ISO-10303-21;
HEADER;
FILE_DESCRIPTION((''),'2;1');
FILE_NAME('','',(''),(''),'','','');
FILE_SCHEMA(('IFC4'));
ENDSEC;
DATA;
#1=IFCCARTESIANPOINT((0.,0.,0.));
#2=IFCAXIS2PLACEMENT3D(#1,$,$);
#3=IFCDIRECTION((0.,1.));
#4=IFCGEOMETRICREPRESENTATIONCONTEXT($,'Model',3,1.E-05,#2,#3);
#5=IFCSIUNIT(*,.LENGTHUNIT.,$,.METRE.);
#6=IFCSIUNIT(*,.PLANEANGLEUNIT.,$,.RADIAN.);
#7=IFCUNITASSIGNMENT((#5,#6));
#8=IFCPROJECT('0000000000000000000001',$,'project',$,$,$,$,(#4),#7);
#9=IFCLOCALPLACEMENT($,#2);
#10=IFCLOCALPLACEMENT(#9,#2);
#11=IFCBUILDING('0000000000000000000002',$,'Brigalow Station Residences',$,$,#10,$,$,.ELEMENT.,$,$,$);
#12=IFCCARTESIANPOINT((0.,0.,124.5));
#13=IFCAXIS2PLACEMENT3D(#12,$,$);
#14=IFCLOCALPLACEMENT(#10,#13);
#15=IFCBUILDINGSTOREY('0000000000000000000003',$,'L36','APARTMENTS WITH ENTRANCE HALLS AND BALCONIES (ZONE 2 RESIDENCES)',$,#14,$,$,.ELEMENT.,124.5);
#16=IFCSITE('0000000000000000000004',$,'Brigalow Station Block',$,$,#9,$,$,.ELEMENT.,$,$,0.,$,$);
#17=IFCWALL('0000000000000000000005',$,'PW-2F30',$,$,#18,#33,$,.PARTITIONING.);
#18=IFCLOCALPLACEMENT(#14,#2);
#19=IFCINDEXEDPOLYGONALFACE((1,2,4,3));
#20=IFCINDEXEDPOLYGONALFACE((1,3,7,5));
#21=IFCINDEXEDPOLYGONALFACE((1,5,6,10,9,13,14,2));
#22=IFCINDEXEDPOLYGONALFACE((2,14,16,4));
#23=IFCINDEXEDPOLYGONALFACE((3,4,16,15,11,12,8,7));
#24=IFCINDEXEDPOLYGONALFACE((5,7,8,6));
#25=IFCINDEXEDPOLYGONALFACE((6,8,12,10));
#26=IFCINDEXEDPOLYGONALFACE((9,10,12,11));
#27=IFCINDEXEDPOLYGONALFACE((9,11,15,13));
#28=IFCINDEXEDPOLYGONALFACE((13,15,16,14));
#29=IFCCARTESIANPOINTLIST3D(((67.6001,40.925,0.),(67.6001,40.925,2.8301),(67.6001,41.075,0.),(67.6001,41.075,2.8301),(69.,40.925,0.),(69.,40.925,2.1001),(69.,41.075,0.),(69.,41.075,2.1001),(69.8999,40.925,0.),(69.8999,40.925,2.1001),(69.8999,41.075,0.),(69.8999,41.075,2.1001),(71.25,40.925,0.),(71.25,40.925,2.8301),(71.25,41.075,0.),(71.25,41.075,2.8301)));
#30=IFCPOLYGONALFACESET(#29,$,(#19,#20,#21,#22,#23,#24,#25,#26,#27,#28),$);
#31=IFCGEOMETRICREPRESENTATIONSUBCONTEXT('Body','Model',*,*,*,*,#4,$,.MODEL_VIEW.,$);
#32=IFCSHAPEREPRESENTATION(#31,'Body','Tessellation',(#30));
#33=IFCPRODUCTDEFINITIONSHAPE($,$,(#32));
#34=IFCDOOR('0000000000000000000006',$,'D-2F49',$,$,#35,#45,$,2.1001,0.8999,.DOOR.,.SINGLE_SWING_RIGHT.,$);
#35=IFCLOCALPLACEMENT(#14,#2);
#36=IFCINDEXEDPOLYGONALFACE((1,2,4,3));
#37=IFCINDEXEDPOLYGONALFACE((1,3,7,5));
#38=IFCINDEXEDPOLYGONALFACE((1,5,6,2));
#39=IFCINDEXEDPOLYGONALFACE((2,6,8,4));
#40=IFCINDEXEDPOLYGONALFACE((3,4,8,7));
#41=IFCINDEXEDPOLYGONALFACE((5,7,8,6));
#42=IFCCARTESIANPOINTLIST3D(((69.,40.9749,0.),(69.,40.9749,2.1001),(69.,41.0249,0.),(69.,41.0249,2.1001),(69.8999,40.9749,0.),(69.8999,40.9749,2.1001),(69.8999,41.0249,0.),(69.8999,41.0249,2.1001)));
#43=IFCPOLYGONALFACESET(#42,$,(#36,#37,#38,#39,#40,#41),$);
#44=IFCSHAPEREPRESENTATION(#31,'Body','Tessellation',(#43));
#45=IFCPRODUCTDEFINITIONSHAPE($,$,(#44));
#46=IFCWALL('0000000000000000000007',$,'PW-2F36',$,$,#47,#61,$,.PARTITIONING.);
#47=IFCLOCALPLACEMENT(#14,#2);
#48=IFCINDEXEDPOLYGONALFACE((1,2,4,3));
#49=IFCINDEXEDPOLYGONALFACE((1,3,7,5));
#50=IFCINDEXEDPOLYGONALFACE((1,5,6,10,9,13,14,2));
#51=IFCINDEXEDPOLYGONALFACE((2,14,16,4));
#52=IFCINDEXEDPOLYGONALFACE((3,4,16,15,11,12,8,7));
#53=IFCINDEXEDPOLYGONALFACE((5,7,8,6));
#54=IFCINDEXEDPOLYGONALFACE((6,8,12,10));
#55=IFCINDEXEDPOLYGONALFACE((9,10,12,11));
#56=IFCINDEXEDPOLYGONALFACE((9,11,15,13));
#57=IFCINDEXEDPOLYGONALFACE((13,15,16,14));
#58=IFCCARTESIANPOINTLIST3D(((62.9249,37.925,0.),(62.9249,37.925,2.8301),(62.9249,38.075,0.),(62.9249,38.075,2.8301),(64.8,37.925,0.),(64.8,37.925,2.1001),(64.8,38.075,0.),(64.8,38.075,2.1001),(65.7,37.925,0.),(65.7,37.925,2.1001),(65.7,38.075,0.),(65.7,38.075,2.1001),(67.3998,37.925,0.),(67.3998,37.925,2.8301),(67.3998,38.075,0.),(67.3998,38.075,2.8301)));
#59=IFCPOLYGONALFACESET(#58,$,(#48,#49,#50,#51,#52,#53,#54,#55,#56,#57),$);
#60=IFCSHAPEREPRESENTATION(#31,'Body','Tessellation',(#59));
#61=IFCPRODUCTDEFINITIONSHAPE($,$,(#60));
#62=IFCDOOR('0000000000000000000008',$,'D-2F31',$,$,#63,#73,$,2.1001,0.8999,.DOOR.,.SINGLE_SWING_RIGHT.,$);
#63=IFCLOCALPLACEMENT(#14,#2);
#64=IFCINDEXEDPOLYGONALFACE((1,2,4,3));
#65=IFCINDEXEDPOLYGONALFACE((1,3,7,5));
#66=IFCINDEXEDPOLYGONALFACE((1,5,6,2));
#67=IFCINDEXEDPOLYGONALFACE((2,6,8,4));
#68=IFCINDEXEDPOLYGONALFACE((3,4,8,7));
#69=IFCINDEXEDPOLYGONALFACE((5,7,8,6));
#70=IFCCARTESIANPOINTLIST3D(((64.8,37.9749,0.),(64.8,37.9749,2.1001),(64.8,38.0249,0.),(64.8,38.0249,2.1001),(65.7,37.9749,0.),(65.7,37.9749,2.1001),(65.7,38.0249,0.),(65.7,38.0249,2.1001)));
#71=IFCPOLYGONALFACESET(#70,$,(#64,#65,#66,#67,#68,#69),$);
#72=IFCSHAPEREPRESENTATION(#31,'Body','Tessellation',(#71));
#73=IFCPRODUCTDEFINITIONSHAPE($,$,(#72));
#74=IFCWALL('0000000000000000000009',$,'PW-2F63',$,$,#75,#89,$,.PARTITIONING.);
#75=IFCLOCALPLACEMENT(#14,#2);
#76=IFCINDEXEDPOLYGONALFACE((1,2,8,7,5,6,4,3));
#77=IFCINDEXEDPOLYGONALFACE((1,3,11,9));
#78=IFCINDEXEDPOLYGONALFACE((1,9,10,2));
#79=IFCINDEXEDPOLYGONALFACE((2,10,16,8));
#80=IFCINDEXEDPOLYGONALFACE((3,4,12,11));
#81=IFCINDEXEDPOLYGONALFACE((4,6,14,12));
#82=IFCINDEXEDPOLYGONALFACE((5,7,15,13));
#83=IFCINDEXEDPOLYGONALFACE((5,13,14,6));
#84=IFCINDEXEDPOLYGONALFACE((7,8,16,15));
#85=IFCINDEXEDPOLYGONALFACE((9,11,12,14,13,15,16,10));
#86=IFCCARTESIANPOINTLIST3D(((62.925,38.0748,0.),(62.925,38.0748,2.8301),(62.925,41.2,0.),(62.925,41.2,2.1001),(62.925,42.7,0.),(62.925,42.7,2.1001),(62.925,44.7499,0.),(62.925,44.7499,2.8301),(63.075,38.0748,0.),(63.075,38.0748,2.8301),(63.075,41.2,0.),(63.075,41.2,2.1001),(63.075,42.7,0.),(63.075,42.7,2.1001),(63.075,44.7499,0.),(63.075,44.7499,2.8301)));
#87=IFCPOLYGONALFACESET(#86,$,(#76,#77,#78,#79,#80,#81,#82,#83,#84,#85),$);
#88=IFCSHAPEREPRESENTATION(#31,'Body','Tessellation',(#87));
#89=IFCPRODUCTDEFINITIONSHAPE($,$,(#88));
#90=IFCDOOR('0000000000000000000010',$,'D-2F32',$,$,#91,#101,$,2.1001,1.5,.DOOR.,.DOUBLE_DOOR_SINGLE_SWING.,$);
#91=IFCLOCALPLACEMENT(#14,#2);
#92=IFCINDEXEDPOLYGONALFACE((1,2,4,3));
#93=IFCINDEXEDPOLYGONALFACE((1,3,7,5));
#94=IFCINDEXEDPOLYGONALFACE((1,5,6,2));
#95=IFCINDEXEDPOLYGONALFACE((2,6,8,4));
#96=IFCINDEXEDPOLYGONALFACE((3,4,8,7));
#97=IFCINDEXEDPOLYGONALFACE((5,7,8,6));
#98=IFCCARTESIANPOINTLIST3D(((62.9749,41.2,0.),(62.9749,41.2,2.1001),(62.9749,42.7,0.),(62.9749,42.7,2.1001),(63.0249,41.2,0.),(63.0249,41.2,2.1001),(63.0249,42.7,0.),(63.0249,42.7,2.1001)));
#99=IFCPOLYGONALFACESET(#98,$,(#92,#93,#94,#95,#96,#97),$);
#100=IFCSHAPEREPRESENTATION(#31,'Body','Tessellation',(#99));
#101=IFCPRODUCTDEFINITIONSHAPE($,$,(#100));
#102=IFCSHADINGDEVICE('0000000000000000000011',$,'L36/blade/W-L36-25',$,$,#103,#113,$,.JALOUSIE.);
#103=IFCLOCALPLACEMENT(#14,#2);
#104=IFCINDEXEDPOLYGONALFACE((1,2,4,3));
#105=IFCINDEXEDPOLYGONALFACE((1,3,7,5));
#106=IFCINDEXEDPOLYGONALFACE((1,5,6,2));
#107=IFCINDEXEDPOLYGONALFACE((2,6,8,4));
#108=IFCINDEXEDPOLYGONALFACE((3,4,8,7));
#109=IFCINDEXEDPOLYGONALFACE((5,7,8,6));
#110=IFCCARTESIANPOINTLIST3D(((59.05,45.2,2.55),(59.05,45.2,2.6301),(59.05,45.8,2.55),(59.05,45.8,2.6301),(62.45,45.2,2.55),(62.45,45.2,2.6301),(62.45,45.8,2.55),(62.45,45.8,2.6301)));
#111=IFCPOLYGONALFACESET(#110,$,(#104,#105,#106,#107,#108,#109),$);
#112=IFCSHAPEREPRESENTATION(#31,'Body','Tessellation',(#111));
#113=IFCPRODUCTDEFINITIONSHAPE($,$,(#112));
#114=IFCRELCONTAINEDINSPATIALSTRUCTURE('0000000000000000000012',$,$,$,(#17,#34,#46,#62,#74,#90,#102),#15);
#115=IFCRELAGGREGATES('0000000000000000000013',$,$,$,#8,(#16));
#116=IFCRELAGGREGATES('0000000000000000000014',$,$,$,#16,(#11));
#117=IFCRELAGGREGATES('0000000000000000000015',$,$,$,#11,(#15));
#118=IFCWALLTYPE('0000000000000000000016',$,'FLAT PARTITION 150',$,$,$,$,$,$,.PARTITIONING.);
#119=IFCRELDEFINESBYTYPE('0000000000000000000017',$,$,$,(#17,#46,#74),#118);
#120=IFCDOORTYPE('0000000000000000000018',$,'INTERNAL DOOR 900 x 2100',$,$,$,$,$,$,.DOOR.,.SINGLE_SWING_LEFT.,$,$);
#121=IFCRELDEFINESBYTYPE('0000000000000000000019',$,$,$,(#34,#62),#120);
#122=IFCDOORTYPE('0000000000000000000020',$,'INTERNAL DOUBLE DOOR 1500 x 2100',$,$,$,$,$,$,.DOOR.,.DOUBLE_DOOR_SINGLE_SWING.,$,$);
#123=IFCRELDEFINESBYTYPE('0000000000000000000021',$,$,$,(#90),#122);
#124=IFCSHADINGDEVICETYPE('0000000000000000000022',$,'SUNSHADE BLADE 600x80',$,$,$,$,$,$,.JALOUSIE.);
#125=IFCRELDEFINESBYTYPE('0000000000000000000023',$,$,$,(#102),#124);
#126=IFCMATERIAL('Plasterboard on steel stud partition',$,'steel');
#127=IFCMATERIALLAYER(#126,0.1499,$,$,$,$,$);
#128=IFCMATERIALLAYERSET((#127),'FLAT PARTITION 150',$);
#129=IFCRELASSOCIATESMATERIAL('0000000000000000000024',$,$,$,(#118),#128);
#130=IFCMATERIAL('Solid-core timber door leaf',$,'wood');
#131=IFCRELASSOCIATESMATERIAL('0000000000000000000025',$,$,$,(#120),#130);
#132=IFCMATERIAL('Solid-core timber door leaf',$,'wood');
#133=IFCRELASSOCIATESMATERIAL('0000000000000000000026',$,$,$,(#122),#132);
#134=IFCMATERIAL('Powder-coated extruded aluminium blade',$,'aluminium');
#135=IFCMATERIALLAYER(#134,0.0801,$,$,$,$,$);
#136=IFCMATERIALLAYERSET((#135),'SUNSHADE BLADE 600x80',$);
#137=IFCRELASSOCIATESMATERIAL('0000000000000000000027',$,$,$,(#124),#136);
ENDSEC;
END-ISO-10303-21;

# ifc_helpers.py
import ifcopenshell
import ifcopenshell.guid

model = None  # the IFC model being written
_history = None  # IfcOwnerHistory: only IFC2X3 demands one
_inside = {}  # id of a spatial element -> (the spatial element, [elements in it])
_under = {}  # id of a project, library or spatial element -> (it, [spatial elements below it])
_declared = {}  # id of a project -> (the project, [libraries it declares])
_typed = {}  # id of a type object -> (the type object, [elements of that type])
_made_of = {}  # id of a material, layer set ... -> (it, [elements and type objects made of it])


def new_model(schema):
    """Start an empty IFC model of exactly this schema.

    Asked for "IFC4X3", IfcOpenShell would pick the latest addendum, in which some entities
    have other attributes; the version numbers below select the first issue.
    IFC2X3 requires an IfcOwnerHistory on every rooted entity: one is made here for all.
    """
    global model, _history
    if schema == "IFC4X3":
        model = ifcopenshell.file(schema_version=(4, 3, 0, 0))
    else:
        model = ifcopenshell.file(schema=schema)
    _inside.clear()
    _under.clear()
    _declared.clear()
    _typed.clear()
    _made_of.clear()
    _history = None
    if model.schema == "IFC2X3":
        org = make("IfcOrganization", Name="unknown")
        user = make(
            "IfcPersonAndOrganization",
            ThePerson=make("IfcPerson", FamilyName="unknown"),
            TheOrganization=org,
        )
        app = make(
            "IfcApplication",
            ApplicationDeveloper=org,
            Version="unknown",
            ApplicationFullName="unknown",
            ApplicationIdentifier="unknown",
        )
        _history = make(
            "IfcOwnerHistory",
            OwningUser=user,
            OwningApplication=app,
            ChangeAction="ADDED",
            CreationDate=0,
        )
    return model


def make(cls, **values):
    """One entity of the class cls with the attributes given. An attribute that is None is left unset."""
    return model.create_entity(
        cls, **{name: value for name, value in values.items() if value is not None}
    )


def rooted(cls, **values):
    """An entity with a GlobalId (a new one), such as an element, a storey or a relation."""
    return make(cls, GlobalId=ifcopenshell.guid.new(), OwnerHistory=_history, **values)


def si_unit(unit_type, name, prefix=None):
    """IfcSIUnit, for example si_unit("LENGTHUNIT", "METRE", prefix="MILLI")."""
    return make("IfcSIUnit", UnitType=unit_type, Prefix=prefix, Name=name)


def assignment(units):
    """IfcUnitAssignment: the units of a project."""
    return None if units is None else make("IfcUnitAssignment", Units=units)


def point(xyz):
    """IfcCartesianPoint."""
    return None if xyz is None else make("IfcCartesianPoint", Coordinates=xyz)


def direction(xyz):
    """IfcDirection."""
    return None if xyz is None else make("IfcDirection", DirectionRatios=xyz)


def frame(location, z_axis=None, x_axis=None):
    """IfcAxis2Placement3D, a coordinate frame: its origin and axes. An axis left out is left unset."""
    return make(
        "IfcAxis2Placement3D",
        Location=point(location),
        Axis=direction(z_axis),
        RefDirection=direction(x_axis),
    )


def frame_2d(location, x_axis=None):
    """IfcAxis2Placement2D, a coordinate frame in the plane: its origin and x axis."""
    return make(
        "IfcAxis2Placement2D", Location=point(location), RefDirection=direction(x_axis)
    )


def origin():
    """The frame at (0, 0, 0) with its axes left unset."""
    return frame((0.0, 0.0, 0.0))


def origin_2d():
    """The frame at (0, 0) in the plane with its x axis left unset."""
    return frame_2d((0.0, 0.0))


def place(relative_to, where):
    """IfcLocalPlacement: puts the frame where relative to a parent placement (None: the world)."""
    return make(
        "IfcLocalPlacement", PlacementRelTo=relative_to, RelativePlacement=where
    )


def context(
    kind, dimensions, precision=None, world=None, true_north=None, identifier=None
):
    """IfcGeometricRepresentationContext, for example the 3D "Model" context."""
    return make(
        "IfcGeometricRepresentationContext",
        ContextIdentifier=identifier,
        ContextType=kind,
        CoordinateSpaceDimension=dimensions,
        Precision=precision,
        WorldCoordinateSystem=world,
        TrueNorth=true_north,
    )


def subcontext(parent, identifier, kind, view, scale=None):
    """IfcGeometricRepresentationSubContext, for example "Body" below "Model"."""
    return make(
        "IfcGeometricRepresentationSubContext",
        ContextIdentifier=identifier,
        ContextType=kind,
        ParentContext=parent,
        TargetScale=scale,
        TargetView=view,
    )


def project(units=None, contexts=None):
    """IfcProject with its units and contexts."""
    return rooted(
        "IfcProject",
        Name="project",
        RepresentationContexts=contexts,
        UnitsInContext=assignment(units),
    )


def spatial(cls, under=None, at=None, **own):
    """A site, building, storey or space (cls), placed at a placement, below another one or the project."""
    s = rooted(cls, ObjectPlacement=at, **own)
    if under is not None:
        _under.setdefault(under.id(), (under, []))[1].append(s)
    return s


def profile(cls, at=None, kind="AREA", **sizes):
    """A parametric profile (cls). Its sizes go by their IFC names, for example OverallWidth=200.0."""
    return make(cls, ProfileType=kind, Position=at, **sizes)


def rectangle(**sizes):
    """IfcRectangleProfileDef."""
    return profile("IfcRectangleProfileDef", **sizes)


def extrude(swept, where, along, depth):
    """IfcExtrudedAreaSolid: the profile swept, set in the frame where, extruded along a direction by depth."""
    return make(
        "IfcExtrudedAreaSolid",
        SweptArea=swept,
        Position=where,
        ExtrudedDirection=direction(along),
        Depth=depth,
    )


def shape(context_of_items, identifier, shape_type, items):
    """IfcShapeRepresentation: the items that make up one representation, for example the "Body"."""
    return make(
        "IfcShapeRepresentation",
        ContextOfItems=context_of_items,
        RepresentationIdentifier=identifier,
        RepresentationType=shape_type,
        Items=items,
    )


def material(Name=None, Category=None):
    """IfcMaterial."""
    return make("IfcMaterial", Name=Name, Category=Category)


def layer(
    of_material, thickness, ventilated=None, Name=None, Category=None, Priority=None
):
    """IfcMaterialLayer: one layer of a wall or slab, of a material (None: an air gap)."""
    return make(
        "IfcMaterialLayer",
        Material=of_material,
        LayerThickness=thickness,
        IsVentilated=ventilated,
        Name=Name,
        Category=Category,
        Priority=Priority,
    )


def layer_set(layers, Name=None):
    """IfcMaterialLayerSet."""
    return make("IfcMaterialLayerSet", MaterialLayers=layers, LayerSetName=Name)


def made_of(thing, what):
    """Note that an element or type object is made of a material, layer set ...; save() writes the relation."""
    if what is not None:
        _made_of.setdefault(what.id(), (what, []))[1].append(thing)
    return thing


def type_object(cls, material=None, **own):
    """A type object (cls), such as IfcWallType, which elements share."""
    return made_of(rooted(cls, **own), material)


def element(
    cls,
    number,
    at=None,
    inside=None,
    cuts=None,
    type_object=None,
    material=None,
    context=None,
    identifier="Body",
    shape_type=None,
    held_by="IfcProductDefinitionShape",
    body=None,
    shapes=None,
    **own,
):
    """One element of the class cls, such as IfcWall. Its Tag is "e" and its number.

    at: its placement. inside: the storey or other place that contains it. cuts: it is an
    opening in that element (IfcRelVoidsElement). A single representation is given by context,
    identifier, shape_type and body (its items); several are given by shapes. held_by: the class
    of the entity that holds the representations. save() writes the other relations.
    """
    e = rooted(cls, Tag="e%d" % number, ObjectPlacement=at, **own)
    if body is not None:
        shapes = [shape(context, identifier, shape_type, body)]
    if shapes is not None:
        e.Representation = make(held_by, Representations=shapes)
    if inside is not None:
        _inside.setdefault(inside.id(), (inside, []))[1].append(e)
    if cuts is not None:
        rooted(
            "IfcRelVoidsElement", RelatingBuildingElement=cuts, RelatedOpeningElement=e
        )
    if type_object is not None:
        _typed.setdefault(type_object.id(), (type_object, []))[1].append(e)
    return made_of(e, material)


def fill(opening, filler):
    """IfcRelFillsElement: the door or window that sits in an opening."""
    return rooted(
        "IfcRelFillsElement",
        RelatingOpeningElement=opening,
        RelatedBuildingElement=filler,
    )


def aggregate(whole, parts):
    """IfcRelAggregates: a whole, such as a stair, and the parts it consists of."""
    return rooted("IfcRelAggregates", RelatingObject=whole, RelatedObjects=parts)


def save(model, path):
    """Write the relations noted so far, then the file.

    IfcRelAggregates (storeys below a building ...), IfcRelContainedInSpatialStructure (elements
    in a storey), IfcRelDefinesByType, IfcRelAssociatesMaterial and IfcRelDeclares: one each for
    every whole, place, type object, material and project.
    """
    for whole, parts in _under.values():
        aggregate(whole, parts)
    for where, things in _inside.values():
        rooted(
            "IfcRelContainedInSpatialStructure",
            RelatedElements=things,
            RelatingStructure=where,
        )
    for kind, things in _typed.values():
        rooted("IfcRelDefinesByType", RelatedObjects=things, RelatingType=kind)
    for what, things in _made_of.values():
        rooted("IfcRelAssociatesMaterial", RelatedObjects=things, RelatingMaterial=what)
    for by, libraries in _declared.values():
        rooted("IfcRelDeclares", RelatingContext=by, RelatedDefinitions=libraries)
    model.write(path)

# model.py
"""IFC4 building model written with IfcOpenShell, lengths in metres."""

from ifc_helpers import new_model, si_unit, direction, frame, frame_2d, origin, origin_2d, place, context, subcontext, project, spatial, rectangle, extrude, material, layer, layer_set, type_object, element, fill, save


model = new_model("IFC4")

# Units and contexts
model_context = context("Model", 3, precision=1e-05, world=origin(), true_north=direction((0.0, 1.0)))
body_context = subcontext(model_context, "Body", "Model", "MODEL_VIEW")
ifc_project = project(units=[si_unit("LENGTHUNIT", "METRE"), si_unit("PLANEANGLEUNIT", "RADIAN")], contexts=[model_context])

# Site, building, storey
site_placement = place(None, origin())
site = spatial("IfcSite", under=ifc_project, at=site_placement, Name="Brigalow Station Block", CompositionType="ELEMENT", RefElevation=0.0)
building_placement = place(site_placement, origin())
building = spatial("IfcBuilding", under=site, at=building_placement, Name="Brigalow Station Residences", CompositionType="ELEMENT")
storey_placement = place(building_placement, frame((0.0, 0.0, 124.5)))
storey = spatial("IfcBuildingStorey", under=building, at=storey_placement, Name="L36", Description="APARTMENTS WITH ENTRANCE HALLS AND BALCONIES (ZONE 2 RESIDENCES)", CompositionType="ELEMENT", Elevation=124.5)

# Walls, openings, doors
ifc_material_1 = material(Name="Plasterboard on steel stud partition", Category="steel")
ifc_layer_1 = layer(ifc_material_1, 0.1499)
ifc_layer_set_1 = layer_set([ifc_layer_1], Name="FLAT PARTITION 150")
wall_type_1 = type_object("IfcWallType", Name="FLAT PARTITION 150", PredefinedType="PARTITIONING", material=ifc_layer_set_1)
wall_1_placement = place(storey_placement, frame((67.6001, 41.0, 0.0), z_axis=(0.0, 0.0, 1.0), x_axis=(1.0, 0.0, 0.0)))
wall_1 = element("IfcWall", 1, at=wall_1_placement, inside=storey, type_object=wall_type_1, Name="PW-2F30", PredefinedType="PARTITIONING", context=body_context, shape_type="SweptSolid", body=[
    extrude(rectangle(XDim=3.6499, YDim=0.1499, at=frame_2d((1.825, 0.0))), origin(), (0.0, 0.0, 1.0), 2.8301),
])
opening_1_placement = place(wall_1_placement, frame((1.3999, 0.0, 0.0)))
opening_1 = element("IfcOpeningElement", 2, at=opening_1_placement, cuts=wall_1, PredefinedType="OPENING", context=body_context, shape_type="SweptSolid", body=[
    extrude(rectangle(XDim=0.8999, YDim=2.1001, at=frame_2d((0.45, 1.05))), frame((0.0, 0.085, 0.0), z_axis=(0.0, -1.0, 0.0), x_axis=(1.0, 0.0, 0.0)), (0.0, 0.0, 1.0), 0.1699),
])
ifc_material_2 = material(Name="Solid-core timber door leaf", Category="wood")
door_type_1 = type_object("IfcDoorType", Name="INTERNAL DOOR 900 x 2100", OperationType="SINGLE_SWING_LEFT", PredefinedType="DOOR", material=ifc_material_2)
door_1_placement = place(opening_1_placement, origin())
door_1 = element("IfcDoor", 3, at=door_1_placement, inside=storey, type_object=door_type_1, Name="D-2F49", OperationType="SINGLE_SWING_RIGHT", OverallHeight=2.1001, OverallWidth=0.8999, PredefinedType="DOOR", context=body_context, shape_type="SweptSolid", body=[
    extrude(rectangle(XDim=0.8999, YDim=2.1001, at=frame_2d((0.45, 1.05))), frame((0.0, 0.0249, 0.0), z_axis=(0.0, -1.0, 0.0), x_axis=(1.0, 0.0, 0.0)), (0.0, 0.0, 1.0), 0.05),
])
fill(opening_1, door_1)
wall_2_placement = place(storey_placement, frame((62.925, 38.0, 0.0), z_axis=(0.0, 0.0, 1.0), x_axis=(1.0, 0.0, 0.0)))
wall_2 = element("IfcWall", 4, at=wall_2_placement, inside=storey, type_object=wall_type_1, Name="PW-2F36", PredefinedType="PARTITIONING", context=body_context, shape_type="SweptSolid", body=[
    extrude(rectangle(XDim=4.4749, YDim=0.1499, at=frame_2d((2.2373, 0.0))), origin(), (0.0, 0.0, 1.0), 2.8301),
])
opening_2_placement = place(wall_2_placement, frame((1.875, 0.0, 0.0)))
opening_2 = element("IfcOpeningElement", 5, at=opening_2_placement, cuts=wall_2, PredefinedType="OPENING", context=body_context, shape_type="SweptSolid", body=[
    extrude(rectangle(XDim=0.8999, YDim=2.1001, at=frame_2d((0.45, 1.05))), frame((0.0, 0.085, 0.0), z_axis=(0.0, -1.0, 0.0), x_axis=(1.0, 0.0, 0.0)), (0.0, 0.0, 1.0), 0.1699),
])
door_2_placement = place(opening_2_placement, origin())
door_2 = element("IfcDoor", 6, at=door_2_placement, inside=storey, type_object=door_type_1, Name="D-2F31", OperationType="SINGLE_SWING_RIGHT", OverallHeight=2.1001, OverallWidth=0.8999, PredefinedType="DOOR", context=body_context, shape_type="SweptSolid", body=[
    extrude(rectangle(XDim=0.8999, YDim=2.1001, at=frame_2d((0.45, 1.05))), frame((0.0, 0.0249, 0.0), z_axis=(0.0, -1.0, 0.0), x_axis=(1.0, 0.0, 0.0)), (0.0, 0.0, 1.0), 0.05),
])
fill(opening_2, door_2)
wall_3_placement = place(storey_placement, frame((63.0, 38.075, 0.0), z_axis=(0.0, 0.0, 1.0), x_axis=(0.0, 1.0, 0.0)))
wall_3 = element("IfcWall", 7, at=wall_3_placement, inside=storey, type_object=wall_type_1, Name="PW-2F63", PredefinedType="PARTITIONING", context=body_context, shape_type="SweptSolid", body=[
    extrude(rectangle(XDim=6.675, YDim=0.1499, at=frame_2d((3.3374, 0.0))), origin(), (0.0, 0.0, 1.0), 2.8301),
])
opening_3_placement = place(wall_3_placement, frame((3.125, 0.0, 0.0)))
opening_3 = element("IfcOpeningElement", 8, at=opening_3_placement, cuts=wall_3, PredefinedType="OPENING", context=body_context, shape_type="SweptSolid", body=[
    extrude(rectangle(XDim=1.5, YDim=2.1001, at=frame_2d((0.75, 1.05))), frame((0.0, 0.085, 0.0), z_axis=(0.0, -1.0, 0.0), x_axis=(1.0, 0.0, 0.0)), (0.0, 0.0, 1.0), 0.1699),
])
ifc_material_3 = material(Name="Solid-core timber door leaf", Category="wood")
door_type_2 = type_object("IfcDoorType", Name="INTERNAL DOUBLE DOOR 1500 x 2100", OperationType="DOUBLE_DOOR_SINGLE_SWING", PredefinedType="DOOR", material=ifc_material_3)
door_3_placement = place(opening_3_placement, frame((1.5, 0.0, 0.0), z_axis=(0.0, 0.0, 1.0), x_axis=(-1.0, 0.0, 0.0)))
door_3 = element("IfcDoor", 9, at=door_3_placement, inside=storey, type_object=door_type_2, Name="D-2F32", OperationType="DOUBLE_DOOR_SINGLE_SWING", OverallHeight=2.1001, OverallWidth=1.5, PredefinedType="DOOR", context=body_context, shape_type="SweptSolid", body=[
    extrude(rectangle(XDim=1.5, YDim=2.1001, at=frame_2d((0.75, 1.05))), frame((0.0, 0.0249, 0.0), z_axis=(0.0, -1.0, 0.0), x_axis=(1.0, 0.0, 0.0)), (0.0, 0.0, 1.0), 0.05),
])
fill(opening_3, door_3)

# Shading device
ifc_material_4 = material(Name="Powder-coated extruded aluminium blade", Category="aluminium")
ifc_layer_2 = layer(ifc_material_4, 0.0801)
ifc_layer_set_2 = layer_set([ifc_layer_2], Name="SUNSHADE BLADE 600x80")
shading_device_type = type_object("IfcShadingDeviceType", Name="SUNSHADE BLADE 600x80", PredefinedType="JALOUSIE", material=ifc_layer_set_2)
shading_device_placement = place(storey_placement, frame((60.75, 45.5, 2.55), z_axis=(0.0, 0.0, 1.0), x_axis=(-1.0, 0.0, 0.0)))
element("IfcShadingDevice", 10, at=shading_device_placement, inside=storey, type_object=shading_device_type, Name="L36/blade/W-L36-25", PredefinedType="JALOUSIE", context=body_context, shape_type="SweptSolid", body=[
    extrude(rectangle(XDim=3.3999, YDim=0.6001, at=origin_2d()), origin(), (0.0, 0.0, 1.0), 0.0801),
])

save(model, "model.ifc")
